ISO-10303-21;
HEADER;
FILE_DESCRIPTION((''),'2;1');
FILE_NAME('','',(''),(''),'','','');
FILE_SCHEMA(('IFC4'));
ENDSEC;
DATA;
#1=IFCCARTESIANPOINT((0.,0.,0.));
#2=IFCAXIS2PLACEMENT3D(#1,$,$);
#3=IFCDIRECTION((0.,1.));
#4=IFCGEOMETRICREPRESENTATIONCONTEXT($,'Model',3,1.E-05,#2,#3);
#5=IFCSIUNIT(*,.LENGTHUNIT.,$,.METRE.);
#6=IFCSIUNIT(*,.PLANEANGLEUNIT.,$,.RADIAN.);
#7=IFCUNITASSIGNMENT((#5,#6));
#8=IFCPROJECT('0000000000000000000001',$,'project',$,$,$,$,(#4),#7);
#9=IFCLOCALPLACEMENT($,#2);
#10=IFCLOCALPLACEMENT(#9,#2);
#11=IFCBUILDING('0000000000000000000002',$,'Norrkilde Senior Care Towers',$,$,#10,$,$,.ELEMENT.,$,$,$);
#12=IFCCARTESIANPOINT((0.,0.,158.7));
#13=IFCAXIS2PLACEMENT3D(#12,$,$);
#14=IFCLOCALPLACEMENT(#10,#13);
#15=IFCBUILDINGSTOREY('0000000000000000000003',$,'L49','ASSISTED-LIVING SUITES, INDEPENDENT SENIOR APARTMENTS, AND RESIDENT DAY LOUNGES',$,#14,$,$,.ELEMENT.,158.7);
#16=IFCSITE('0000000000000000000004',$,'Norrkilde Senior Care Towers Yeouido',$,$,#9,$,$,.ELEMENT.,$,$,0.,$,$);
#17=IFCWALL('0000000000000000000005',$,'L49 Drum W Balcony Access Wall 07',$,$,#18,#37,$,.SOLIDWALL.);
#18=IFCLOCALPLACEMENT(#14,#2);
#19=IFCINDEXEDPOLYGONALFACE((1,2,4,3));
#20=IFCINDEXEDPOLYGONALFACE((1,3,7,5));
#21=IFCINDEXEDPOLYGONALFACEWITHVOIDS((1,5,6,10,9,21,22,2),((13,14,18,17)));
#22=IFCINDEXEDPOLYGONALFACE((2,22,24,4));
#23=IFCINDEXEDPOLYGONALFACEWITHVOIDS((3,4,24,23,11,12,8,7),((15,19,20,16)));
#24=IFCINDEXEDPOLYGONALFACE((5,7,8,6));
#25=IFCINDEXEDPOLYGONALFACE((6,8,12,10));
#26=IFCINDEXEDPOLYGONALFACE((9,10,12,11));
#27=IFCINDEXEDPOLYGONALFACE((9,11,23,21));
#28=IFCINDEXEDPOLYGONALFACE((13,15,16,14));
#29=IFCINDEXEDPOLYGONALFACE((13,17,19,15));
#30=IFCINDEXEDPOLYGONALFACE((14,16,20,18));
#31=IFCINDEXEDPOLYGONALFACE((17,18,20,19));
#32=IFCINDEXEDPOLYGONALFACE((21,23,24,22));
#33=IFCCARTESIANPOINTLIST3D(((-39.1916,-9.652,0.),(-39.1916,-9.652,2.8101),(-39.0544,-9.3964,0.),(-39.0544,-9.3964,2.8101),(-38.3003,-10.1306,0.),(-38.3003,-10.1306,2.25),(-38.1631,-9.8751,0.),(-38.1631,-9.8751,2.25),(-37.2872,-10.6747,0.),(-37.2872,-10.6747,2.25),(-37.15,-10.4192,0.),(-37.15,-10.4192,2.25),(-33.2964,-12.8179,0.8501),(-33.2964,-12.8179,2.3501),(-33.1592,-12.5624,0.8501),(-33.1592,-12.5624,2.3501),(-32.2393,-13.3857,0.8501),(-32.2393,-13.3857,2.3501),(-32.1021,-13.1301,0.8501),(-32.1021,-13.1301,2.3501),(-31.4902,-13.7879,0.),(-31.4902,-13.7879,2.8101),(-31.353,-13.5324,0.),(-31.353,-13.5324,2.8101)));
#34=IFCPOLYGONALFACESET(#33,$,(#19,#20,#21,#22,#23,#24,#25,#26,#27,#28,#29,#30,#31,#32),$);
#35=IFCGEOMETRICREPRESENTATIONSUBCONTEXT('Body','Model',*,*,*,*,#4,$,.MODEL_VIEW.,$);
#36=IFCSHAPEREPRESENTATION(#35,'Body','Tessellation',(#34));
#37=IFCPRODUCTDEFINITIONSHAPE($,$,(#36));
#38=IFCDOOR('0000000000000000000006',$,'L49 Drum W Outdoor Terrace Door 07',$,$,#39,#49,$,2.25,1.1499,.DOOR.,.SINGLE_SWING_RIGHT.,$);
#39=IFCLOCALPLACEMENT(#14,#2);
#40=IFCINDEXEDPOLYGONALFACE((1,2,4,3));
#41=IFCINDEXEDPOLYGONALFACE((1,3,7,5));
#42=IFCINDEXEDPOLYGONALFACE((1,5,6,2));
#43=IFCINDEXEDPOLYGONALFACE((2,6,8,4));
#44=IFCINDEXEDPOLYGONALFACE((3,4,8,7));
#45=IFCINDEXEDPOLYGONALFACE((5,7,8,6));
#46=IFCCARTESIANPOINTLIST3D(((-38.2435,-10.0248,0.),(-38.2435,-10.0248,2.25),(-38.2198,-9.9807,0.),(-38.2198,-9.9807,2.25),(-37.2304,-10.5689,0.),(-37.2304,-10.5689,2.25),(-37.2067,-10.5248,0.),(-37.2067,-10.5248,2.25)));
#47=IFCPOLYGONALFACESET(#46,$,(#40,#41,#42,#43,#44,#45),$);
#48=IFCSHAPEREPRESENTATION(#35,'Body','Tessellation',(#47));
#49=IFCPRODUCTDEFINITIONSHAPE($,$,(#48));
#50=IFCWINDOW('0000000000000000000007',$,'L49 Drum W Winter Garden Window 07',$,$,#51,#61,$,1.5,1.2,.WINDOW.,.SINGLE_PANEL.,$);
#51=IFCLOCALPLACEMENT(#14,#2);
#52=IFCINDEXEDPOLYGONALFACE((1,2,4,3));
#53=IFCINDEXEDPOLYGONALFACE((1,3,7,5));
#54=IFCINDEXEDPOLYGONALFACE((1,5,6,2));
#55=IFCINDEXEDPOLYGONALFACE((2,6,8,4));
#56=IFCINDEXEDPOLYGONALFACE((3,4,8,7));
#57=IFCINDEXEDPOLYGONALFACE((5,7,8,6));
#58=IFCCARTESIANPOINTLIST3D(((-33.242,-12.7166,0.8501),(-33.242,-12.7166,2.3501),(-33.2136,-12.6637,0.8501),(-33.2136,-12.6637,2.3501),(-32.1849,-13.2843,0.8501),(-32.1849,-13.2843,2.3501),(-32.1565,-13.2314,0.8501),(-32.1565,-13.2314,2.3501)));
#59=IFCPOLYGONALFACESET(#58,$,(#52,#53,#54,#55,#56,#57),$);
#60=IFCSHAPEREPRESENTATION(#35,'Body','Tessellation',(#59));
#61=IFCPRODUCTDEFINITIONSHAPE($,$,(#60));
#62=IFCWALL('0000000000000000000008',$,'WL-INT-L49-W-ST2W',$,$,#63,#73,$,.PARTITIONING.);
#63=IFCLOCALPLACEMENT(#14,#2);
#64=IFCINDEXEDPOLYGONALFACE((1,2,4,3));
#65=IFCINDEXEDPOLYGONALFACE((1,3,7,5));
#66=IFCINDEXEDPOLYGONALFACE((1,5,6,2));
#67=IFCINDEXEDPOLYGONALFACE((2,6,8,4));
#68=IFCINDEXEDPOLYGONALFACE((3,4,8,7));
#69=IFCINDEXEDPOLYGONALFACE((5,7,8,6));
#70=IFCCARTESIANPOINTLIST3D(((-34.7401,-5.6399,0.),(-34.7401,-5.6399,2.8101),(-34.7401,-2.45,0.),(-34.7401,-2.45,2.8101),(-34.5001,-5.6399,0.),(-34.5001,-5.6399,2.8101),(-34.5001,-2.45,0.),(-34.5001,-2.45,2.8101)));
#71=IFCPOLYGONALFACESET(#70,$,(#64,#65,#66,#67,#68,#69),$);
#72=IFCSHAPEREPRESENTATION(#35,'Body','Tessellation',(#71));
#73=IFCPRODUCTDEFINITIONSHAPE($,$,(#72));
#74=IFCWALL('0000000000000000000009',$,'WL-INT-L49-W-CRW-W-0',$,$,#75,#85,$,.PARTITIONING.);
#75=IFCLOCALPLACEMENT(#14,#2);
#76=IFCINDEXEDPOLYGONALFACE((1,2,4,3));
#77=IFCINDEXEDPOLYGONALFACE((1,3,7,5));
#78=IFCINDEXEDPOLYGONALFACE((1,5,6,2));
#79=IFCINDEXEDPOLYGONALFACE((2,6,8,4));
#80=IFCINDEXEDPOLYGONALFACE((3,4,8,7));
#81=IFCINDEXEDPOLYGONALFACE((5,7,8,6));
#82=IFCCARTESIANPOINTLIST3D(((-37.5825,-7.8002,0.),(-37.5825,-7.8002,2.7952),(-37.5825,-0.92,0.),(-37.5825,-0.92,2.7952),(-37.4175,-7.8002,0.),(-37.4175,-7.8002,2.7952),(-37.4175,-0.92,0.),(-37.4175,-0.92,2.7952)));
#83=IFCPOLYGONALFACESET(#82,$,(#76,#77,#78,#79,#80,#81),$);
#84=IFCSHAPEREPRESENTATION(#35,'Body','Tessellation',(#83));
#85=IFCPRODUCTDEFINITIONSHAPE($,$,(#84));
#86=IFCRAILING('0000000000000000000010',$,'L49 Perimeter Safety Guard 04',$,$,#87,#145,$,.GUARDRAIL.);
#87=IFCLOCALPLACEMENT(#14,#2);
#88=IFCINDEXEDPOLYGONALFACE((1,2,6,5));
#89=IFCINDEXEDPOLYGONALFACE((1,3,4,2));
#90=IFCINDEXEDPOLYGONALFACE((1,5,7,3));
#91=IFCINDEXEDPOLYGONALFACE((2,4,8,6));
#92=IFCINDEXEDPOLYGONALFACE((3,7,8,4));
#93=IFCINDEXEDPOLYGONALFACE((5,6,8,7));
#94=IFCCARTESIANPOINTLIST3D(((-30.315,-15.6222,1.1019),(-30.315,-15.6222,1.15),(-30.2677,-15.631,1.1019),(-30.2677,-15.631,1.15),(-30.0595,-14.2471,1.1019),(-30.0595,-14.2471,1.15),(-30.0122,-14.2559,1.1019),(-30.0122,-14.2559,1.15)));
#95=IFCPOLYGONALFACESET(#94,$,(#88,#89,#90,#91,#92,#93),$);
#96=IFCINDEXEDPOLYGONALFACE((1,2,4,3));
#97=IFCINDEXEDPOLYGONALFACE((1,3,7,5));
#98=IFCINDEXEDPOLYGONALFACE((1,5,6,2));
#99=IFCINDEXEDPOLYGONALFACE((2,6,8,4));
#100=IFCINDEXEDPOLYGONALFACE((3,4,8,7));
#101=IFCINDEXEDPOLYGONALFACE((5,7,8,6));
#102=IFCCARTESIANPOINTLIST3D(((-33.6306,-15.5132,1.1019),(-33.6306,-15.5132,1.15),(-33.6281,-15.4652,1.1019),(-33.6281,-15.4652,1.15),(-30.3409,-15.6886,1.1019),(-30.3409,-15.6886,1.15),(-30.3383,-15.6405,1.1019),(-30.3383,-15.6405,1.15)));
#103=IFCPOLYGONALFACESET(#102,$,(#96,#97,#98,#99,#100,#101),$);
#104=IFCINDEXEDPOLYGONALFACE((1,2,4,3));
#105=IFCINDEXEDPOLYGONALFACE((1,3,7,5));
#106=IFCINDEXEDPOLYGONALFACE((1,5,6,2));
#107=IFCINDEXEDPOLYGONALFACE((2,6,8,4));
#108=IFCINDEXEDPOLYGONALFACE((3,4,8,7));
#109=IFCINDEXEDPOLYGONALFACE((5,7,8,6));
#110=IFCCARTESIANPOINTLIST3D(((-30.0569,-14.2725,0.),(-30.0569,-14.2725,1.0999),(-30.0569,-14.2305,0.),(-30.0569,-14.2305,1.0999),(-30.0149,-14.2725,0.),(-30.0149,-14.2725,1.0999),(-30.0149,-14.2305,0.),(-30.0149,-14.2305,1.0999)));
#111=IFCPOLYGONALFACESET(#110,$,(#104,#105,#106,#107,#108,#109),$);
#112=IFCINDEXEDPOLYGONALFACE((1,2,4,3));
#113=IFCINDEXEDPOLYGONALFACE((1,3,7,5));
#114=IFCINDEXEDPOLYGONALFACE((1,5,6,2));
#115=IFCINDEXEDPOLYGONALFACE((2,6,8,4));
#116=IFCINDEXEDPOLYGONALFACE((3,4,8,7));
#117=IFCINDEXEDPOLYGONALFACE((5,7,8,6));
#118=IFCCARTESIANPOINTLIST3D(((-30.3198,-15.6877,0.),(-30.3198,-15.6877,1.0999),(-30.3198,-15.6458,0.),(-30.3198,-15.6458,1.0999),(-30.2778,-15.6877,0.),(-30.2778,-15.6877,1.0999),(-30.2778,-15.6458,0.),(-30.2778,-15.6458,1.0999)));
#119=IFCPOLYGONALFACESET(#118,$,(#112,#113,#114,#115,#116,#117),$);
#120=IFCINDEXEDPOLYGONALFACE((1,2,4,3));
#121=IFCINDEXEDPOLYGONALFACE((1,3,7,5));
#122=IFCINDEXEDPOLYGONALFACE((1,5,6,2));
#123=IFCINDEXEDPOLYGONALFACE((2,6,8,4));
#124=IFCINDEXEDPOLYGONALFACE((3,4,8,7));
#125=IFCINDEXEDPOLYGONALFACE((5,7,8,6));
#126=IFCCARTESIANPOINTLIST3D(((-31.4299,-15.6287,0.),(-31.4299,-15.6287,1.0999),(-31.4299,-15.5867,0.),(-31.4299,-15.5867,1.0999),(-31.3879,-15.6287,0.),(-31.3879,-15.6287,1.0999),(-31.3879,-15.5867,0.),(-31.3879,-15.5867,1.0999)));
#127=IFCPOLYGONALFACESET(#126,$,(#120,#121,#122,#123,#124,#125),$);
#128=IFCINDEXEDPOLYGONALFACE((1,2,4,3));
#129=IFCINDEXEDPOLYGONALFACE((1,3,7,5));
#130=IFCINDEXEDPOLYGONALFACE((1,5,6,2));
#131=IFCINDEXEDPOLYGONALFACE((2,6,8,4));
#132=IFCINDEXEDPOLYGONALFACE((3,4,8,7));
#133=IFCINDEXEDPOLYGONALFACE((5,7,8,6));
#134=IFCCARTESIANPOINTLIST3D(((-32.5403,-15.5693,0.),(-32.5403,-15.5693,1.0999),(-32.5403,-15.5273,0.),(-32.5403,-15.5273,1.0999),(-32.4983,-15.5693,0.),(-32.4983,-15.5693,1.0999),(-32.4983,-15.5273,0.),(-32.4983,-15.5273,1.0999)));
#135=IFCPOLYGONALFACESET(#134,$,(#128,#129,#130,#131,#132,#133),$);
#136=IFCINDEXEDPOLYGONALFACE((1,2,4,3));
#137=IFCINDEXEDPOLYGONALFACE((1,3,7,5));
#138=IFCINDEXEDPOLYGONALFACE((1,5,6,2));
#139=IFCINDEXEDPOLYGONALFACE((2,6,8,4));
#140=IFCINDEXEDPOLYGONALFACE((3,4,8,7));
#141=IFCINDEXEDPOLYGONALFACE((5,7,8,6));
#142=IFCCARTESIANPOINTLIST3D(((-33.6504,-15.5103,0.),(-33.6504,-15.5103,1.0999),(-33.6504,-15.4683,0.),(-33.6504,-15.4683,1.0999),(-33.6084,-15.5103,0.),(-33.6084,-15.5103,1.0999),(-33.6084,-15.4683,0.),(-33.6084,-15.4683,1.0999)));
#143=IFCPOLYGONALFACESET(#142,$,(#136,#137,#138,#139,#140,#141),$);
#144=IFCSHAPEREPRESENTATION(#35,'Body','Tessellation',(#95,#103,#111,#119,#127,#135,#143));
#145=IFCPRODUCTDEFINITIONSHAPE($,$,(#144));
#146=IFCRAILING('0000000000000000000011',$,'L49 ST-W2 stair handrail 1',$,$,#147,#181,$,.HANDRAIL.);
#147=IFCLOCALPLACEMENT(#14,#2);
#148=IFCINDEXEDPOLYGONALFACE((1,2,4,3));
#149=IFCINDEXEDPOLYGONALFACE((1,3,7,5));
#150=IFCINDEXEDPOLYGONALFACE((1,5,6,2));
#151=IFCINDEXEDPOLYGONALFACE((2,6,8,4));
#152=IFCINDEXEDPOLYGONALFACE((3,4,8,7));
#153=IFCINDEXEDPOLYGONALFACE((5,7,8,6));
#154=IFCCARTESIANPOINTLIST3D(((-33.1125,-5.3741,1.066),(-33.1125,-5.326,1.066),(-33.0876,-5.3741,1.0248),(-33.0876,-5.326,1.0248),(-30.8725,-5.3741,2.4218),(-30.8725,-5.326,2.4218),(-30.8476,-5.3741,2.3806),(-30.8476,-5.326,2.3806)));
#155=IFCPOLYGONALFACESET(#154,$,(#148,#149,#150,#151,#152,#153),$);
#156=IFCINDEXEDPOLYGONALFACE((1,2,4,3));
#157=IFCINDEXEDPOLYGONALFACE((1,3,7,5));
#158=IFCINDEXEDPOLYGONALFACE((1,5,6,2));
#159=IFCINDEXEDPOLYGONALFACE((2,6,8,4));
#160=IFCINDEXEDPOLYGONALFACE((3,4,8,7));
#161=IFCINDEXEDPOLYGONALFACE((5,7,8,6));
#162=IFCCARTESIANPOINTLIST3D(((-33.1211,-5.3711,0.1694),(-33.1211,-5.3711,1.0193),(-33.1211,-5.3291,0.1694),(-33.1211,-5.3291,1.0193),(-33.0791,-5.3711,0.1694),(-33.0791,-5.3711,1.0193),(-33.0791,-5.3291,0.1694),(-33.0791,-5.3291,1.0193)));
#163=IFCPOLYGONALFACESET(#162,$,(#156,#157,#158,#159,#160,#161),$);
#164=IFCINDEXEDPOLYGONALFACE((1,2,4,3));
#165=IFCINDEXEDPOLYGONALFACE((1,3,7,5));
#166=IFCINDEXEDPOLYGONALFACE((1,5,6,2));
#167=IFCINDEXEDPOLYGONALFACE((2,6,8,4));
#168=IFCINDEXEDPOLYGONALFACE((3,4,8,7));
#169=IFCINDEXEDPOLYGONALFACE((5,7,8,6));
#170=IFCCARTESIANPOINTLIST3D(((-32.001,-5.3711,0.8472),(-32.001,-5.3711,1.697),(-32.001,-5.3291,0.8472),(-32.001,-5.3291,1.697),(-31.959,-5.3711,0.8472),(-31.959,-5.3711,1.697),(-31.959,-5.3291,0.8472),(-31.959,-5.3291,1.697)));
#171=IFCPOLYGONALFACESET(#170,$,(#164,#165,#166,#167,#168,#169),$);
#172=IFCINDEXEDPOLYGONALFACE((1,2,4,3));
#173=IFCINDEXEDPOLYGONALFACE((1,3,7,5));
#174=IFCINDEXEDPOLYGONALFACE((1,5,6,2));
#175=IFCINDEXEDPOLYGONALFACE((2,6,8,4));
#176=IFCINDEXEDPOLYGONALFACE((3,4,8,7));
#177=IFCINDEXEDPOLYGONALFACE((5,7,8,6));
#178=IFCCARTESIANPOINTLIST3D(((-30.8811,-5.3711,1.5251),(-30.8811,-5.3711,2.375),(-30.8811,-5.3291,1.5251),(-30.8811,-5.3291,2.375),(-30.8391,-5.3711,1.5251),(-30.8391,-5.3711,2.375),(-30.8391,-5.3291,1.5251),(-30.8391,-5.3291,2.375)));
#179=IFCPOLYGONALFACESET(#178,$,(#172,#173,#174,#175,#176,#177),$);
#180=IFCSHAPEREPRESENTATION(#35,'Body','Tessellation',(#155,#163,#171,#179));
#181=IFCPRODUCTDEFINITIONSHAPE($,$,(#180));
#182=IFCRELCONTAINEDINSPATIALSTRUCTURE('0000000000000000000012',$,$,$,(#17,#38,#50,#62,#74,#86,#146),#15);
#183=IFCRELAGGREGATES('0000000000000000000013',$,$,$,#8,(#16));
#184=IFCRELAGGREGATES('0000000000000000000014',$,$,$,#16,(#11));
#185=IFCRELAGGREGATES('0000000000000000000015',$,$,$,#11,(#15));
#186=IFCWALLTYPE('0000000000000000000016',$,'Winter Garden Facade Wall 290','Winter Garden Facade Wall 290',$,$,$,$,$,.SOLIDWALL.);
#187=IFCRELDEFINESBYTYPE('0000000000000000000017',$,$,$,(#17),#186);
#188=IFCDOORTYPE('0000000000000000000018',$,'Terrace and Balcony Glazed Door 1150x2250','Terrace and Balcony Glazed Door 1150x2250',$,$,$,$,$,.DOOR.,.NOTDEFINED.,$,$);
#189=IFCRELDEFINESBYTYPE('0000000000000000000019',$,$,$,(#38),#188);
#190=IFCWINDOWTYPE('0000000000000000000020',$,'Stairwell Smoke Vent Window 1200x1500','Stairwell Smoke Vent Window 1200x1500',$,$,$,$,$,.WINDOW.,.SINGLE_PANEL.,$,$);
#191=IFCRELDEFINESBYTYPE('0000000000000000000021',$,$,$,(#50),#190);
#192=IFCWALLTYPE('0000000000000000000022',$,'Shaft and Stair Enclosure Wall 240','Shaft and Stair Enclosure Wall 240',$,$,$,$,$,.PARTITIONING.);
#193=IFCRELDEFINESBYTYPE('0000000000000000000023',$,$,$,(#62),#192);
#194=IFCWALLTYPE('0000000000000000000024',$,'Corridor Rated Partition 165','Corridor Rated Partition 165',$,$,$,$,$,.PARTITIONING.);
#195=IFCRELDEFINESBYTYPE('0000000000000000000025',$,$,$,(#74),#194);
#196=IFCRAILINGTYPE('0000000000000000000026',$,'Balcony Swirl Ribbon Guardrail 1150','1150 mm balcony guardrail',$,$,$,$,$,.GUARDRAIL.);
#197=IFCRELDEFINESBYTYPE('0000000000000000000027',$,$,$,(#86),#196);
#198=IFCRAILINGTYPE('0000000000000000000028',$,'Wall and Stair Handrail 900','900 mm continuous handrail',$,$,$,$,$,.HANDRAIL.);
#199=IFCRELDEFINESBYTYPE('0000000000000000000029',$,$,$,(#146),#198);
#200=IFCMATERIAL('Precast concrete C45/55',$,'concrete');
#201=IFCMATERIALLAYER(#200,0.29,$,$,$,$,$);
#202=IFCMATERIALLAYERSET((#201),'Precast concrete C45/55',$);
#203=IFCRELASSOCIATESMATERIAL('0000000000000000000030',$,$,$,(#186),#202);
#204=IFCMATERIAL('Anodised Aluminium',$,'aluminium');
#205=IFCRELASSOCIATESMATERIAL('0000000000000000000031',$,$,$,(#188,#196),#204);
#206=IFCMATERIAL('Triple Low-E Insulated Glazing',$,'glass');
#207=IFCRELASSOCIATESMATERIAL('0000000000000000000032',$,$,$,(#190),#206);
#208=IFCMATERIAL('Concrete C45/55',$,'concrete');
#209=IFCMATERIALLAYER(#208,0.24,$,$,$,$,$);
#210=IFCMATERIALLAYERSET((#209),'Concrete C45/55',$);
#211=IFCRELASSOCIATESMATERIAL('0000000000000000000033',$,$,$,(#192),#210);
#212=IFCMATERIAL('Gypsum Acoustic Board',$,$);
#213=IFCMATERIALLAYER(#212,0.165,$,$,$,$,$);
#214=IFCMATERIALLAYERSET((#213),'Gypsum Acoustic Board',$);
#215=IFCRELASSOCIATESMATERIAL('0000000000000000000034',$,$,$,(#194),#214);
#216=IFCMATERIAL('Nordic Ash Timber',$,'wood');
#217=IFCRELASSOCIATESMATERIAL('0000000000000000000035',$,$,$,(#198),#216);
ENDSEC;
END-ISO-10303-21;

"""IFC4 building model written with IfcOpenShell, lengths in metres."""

from ifc_helpers import new_model, si_unit, direction, frame, frame_2d, origin, origin_2d, place, context, subcontext, project, spatial, rectangle, extrude, source, transform, mapped, material, layer, layer_set, type_object, type_shapes, element, fill, save


model = new_model("IFC4")

# Units and contexts
model_context = context("Model", 3, precision=1e-05, world=origin(), true_north=direction((0.0, 1.0)))
body_context = subcontext(model_context, "Body", "Model", "MODEL_VIEW")
ifc_project = project(units=[si_unit("LENGTHUNIT", "METRE"), si_unit("PLANEANGLEUNIT", "RADIAN")], contexts=[model_context])

# Site, building, storey
site_placement = place(None, origin())
site = spatial("IfcSite", under=ifc_project, at=site_placement, Name="Norrkilde Senior Care Towers Yeouido", CompositionType="ELEMENT", RefElevation=0.0)
building_placement = place(site_placement, origin())
building = spatial("IfcBuilding", under=site, at=building_placement, Name="Norrkilde Senior Care Towers", CompositionType="ELEMENT")
storey_placement = place(building_placement, frame((0.0, 0.0, 158.7)))
storey = spatial("IfcBuildingStorey", under=building, at=storey_placement, Name="L49", Description="ASSISTED-LIVING SUITES, INDEPENDENT SENIOR APARTMENTS, AND RESIDENT DAY LOUNGES", CompositionType="ELEMENT", Elevation=158.7)

# Shared definitions
ifc_material_1 = material(Name="Triple Low-E Insulated Glazing", Category="glass")
ifc_material_2 = material(Name="Anodised Aluminium", Category="aluminium")

# Wall, openings, door, window
ifc_material_3 = material(Name="Precast concrete C45/55", Category="concrete")
ifc_layer_1 = layer(ifc_material_3, 0.29)
ifc_layer_set_1 = layer_set([ifc_layer_1], Name="Precast concrete C45/55")
wall_type_1 = type_object("IfcWallType", Name="Winter Garden Facade Wall 290", Description="Winter Garden Facade Wall 290", PredefinedType="SOLIDWALL", material=ifc_layer_set_1)
shared_shape_1 = source(origin(), body_context, "Body", "SweptSolid", [
    extrude(rectangle(XDim=8.7417, YDim=0.29, at=frame_2d((4.3708, 0.0))), origin(), (0.0, 0.0, 1.0), 2.8101),
])
type_shapes(wall_type_1, [shared_shape_1])
wall_1_placement = place(storey_placement, frame((-31.4216, -13.6602, 0.0), z_axis=(0.0, 0.0, 1.0), x_axis=(-0.880992, 0.47313, 0.0)))
wall_1 = element("IfcWall", 1, at=wall_1_placement, inside=storey, type_object=wall_type_1, Name="L49 Drum W Balcony Access Wall 07", PredefinedType="SOLIDWALL", context=body_context, shape_type="MappedRepresentation", body=[
    mapped(shared_shape_1, transform((0.0, 0.0, 0.0), x_axis=(1.0, 0.0, 0.0), y_axis=(0.0, 1.0, 0.0), z_axis=(0.0, 0.0, 1.0), scale=1.0)),
])
opening_1_placement = place(wall_1_placement, frame((6.5801, 0.0, 0.0)))
opening_1 = element("IfcOpeningElement", 2, at=opening_1_placement, cuts=wall_1, PredefinedType="OPENING", context=body_context, shape_type="SweptSolid", body=[
    extrude(rectangle(XDim=1.1499, YDim=2.25, at=frame_2d((0.575, 1.125))), frame((0.0, 0.155, 0.0), z_axis=(0.0, -1.0, 0.0), x_axis=(1.0, 0.0, 0.0)), (0.0, 0.0, 1.0), 0.3101),
])
opening_2_placement = place(wall_1_placement, frame((0.8501, 0.0, 0.8501)))
opening_2 = element("IfcOpeningElement", 3, at=opening_2_placement, cuts=wall_1, PredefinedType="OPENING", context=body_context, shape_type="SweptSolid", body=[
    extrude(rectangle(XDim=1.2, YDim=1.5, at=frame_2d((0.6001, 0.75))), frame((0.0, 0.155, 0.0), z_axis=(0.0, -1.0, 0.0), x_axis=(1.0, 0.0, 0.0)), (0.0, 0.0, 1.0), 0.3101),
])
door_type_1 = type_object("IfcDoorType", Name="Terrace and Balcony Glazed Door 1150x2250", Description="Terrace and Balcony Glazed Door 1150x2250", OperationType="NOTDEFINED", PredefinedType="DOOR", material=ifc_material_2)
shared_shape_2 = source(origin(), body_context, "Body", "SweptSolid", [
    extrude(rectangle(XDim=1.1499, YDim=2.25, at=frame_2d((0.575, 1.125))), frame((0.0, 0.0249, 0.0), z_axis=(0.0, -1.0, 0.0), x_axis=(1.0, 0.0, 0.0)), (0.0, 0.0, 1.0), 0.05),
])
type_shapes(door_type_1, [shared_shape_2])
door_1_placement = place(opening_1_placement, origin())
door_1 = element("IfcDoor", 4, at=door_1_placement, inside=storey, type_object=door_type_1, Name="L49 Drum W Outdoor Terrace Door 07", OperationType="SINGLE_SWING_RIGHT", OverallHeight=2.25, OverallWidth=1.1499, PredefinedType="DOOR", context=body_context, shape_type="MappedRepresentation", body=[
    mapped(shared_shape_2, transform((0.0, 0.0, 0.0), x_axis=(1.0, 0.0, 0.0), y_axis=(0.0, 1.0, 0.0), z_axis=(0.0, 0.0, 1.0), scale=1.0)),
])
fill(opening_1, door_1)
window_type = type_object("IfcWindowType", Name="Stairwell Smoke Vent Window 1200x1500", Description="Stairwell Smoke Vent Window 1200x1500", PartitioningType="SINGLE_PANEL", PredefinedType="WINDOW", material=ifc_material_1)
shared_shape_3 = source(origin(), body_context, "Body", "SweptSolid", [
    extrude(rectangle(XDim=1.2, YDim=1.5, at=frame_2d((0.6001, 0.75))), frame((0.0, 0.03, 0.0), z_axis=(0.0, -1.0, 0.0), x_axis=(1.0, 0.0, 0.0)), (0.0, 0.0, 1.0), 0.0601),
])
type_shapes(window_type, [shared_shape_3])
window_placement = place(opening_2_placement, origin())
window = element("IfcWindow", 5, at=window_placement, inside=storey, type_object=window_type, Name="L49 Drum W Winter Garden Window 07", OverallHeight=1.5, OverallWidth=1.2, PartitioningType="SINGLE_PANEL", PredefinedType="WINDOW", context=body_context, shape_type="MappedRepresentation", body=[
    mapped(shared_shape_3, transform((0.0, 0.0, 0.0), x_axis=(1.0, 0.0, 0.0), y_axis=(0.0, 1.0, 0.0), z_axis=(0.0, 0.0, 1.0), scale=1.0)),
])
fill(opening_2, window)

# Walls
ifc_material_4 = material(Name="Concrete C45/55", Category="concrete")
ifc_layer_2 = layer(ifc_material_4, 0.24)
ifc_layer_set_2 = layer_set([ifc_layer_2], Name="Concrete C45/55")
wall_type_2 = type_object("IfcWallType", Name="Shaft and Stair Enclosure Wall 240", Description="Shaft and Stair Enclosure Wall 240", PredefinedType="PARTITIONING", material=ifc_layer_set_2)
shared_shape_4 = source(origin(), body_context, "Body", "SweptSolid", [
    extrude(rectangle(XDim=3.1899, YDim=0.24, at=frame_2d((1.595, 0.0))), origin(), (0.0, 0.0, 1.0), 2.8101),
])
type_shapes(wall_type_2, [shared_shape_4])
wall_2_placement = place(storey_placement, frame((-34.6201, -5.6399, 0.0), z_axis=(0.0, 0.0, 1.0), x_axis=(0.0, 1.0, 0.0)))
element("IfcWall", 6, at=wall_2_placement, inside=storey, type_object=wall_type_2, Name="WL-INT-L49-W-ST2W", PredefinedType="PARTITIONING", context=body_context, shape_type="MappedRepresentation", body=[
    mapped(shared_shape_4, transform((0.0, 0.0, 0.0), x_axis=(1.0, 0.0, 0.0), y_axis=(0.0, 1.0, 0.0), z_axis=(0.0, 0.0, 1.0), scale=1.0)),
])
ifc_material_5 = material(Name="Gypsum Acoustic Board")
ifc_layer_3 = layer(ifc_material_5, 0.165)
ifc_layer_set_3 = layer_set([ifc_layer_3], Name="Gypsum Acoustic Board")
wall_type_3 = type_object("IfcWallType", Name="Corridor Rated Partition 165", Description="Corridor Rated Partition 165", PredefinedType="PARTITIONING", material=ifc_layer_set_3)
shared_shape_5 = source(origin(), body_context, "Body", "SweptSolid", [
    extrude(rectangle(XDim=6.8801, YDim=0.165, at=frame_2d((3.4399, 0.0))), origin(), (0.0, 0.0, 1.0), 2.7952),
])
type_shapes(wall_type_3, [shared_shape_5])
wall_3_placement = place(storey_placement, frame((-37.5, -7.8, 0.0), z_axis=(0.0, 0.0, 1.0), x_axis=(0.0, 1.0, 0.0)))
element("IfcWall", 7, at=wall_3_placement, inside=storey, type_object=wall_type_3, Name="WL-INT-L49-W-CRW-W-0", PredefinedType="PARTITIONING", context=body_context, shape_type="MappedRepresentation", body=[
    mapped(shared_shape_5, transform((0.0, 0.0, 0.0), x_axis=(1.0, 0.0, 0.0), y_axis=(0.0, 1.0, 0.0), z_axis=(0.0, 0.0, 1.0), scale=1.0)),
])

# Railings
railing_type_1 = type_object("IfcRailingType", Name="Balcony Swirl Ribbon Guardrail 1150", Description="1150 mm balcony guardrail", PredefinedType="GUARDRAIL", material=ifc_material_2)
railing_1_placement = place(storey_placement, frame((-30.0359, -14.2515, 0.0)))
element("IfcRailing", 8, at=railing_1_placement, inside=storey, type_object=railing_type_1, Name="L49 Perimeter Safety Guard 04", PredefinedType="GUARDRAIL", context=body_context, shape_type="SweptSolid", body=[
    extrude(rectangle(XDim=0.0481, YDim=0.0481, at=origin_2d()), frame((0.0, 0.0, 1.126), z_axis=(-0.18266, -0.983176, 0.0), x_axis=(0.983176, -0.18266, 0.0)), (0.0, 0.0, 1.0), 1.3987),
    extrude(rectangle(XDim=0.0481, YDim=0.0481, at=origin_2d()), frame((-0.3037, -1.4131, 1.126), z_axis=(-0.998583, 0.053216, 0.0), x_axis=(-0.053216, -0.998583, 0.0)), (0.0, 0.0, 1.0), 3.2944),
    extrude(rectangle(XDim=0.042, YDim=0.042, at=origin_2d()), origin(), (0.0, 0.0, 1.0), 1.0999),
    extrude(rectangle(XDim=0.042, YDim=0.042, at=origin_2d()), frame((-0.2629, -1.4153, 0.0)), (0.0, 0.0, 1.0), 1.0999),
    extrude(rectangle(XDim=0.042, YDim=0.042, at=origin_2d()), frame((-1.373, -1.3562, 0.0)), (0.0, 0.0, 1.0), 1.0999),
    extrude(rectangle(XDim=0.042, YDim=0.042, at=origin_2d()), frame((-2.4834, -1.2969, 0.0)), (0.0, 0.0, 1.0), 1.0999),
    extrude(rectangle(XDim=0.042, YDim=0.042, at=origin_2d()), frame((-3.5935, -1.2378, 0.0)), (0.0, 0.0, 1.0), 1.0999),
])
ifc_material_6 = material(Name="Nordic Ash Timber", Category="wood")
railing_type_2 = type_object("IfcRailingType", Name="Wall and Stair Handrail 900", Description="900 mm continuous handrail", PredefinedType="HANDRAIL", material=ifc_material_6)
railing_2_placement = place(storey_placement, frame((-33.1001, -5.3501, 0.1694)))
element("IfcRailing", 9, at=railing_2_placement, inside=storey, type_object=railing_type_2, Name="L49 ST-W2 stair handrail 1", PredefinedType="HANDRAIL", context=body_context, shape_type="SweptSolid", body=[
    extrude(rectangle(XDim=0.0481, YDim=0.0481, at=origin_2d()), frame((0.0, 0.0, 0.876), z_axis=(0.855512, 0.0, 0.517783), x_axis=(0.0, 1.0, 0.0)), (0.0, 0.0, 1.0), 2.6184),
    extrude(rectangle(XDim=0.042, YDim=0.042, at=origin_2d()), origin(), (0.0, 0.0, 1.0), 0.8499),
    extrude(rectangle(XDim=0.042, YDim=0.042, at=origin_2d()), frame((1.1201, 0.0, 0.6777)), (0.0, 0.0, 1.0), 0.8499),
    extrude(rectangle(XDim=0.042, YDim=0.042, at=origin_2d()), frame((2.24, 0.0, 1.3557)), (0.0, 0.0, 1.0), 0.8499),
])

save(model, "model.ifc")
